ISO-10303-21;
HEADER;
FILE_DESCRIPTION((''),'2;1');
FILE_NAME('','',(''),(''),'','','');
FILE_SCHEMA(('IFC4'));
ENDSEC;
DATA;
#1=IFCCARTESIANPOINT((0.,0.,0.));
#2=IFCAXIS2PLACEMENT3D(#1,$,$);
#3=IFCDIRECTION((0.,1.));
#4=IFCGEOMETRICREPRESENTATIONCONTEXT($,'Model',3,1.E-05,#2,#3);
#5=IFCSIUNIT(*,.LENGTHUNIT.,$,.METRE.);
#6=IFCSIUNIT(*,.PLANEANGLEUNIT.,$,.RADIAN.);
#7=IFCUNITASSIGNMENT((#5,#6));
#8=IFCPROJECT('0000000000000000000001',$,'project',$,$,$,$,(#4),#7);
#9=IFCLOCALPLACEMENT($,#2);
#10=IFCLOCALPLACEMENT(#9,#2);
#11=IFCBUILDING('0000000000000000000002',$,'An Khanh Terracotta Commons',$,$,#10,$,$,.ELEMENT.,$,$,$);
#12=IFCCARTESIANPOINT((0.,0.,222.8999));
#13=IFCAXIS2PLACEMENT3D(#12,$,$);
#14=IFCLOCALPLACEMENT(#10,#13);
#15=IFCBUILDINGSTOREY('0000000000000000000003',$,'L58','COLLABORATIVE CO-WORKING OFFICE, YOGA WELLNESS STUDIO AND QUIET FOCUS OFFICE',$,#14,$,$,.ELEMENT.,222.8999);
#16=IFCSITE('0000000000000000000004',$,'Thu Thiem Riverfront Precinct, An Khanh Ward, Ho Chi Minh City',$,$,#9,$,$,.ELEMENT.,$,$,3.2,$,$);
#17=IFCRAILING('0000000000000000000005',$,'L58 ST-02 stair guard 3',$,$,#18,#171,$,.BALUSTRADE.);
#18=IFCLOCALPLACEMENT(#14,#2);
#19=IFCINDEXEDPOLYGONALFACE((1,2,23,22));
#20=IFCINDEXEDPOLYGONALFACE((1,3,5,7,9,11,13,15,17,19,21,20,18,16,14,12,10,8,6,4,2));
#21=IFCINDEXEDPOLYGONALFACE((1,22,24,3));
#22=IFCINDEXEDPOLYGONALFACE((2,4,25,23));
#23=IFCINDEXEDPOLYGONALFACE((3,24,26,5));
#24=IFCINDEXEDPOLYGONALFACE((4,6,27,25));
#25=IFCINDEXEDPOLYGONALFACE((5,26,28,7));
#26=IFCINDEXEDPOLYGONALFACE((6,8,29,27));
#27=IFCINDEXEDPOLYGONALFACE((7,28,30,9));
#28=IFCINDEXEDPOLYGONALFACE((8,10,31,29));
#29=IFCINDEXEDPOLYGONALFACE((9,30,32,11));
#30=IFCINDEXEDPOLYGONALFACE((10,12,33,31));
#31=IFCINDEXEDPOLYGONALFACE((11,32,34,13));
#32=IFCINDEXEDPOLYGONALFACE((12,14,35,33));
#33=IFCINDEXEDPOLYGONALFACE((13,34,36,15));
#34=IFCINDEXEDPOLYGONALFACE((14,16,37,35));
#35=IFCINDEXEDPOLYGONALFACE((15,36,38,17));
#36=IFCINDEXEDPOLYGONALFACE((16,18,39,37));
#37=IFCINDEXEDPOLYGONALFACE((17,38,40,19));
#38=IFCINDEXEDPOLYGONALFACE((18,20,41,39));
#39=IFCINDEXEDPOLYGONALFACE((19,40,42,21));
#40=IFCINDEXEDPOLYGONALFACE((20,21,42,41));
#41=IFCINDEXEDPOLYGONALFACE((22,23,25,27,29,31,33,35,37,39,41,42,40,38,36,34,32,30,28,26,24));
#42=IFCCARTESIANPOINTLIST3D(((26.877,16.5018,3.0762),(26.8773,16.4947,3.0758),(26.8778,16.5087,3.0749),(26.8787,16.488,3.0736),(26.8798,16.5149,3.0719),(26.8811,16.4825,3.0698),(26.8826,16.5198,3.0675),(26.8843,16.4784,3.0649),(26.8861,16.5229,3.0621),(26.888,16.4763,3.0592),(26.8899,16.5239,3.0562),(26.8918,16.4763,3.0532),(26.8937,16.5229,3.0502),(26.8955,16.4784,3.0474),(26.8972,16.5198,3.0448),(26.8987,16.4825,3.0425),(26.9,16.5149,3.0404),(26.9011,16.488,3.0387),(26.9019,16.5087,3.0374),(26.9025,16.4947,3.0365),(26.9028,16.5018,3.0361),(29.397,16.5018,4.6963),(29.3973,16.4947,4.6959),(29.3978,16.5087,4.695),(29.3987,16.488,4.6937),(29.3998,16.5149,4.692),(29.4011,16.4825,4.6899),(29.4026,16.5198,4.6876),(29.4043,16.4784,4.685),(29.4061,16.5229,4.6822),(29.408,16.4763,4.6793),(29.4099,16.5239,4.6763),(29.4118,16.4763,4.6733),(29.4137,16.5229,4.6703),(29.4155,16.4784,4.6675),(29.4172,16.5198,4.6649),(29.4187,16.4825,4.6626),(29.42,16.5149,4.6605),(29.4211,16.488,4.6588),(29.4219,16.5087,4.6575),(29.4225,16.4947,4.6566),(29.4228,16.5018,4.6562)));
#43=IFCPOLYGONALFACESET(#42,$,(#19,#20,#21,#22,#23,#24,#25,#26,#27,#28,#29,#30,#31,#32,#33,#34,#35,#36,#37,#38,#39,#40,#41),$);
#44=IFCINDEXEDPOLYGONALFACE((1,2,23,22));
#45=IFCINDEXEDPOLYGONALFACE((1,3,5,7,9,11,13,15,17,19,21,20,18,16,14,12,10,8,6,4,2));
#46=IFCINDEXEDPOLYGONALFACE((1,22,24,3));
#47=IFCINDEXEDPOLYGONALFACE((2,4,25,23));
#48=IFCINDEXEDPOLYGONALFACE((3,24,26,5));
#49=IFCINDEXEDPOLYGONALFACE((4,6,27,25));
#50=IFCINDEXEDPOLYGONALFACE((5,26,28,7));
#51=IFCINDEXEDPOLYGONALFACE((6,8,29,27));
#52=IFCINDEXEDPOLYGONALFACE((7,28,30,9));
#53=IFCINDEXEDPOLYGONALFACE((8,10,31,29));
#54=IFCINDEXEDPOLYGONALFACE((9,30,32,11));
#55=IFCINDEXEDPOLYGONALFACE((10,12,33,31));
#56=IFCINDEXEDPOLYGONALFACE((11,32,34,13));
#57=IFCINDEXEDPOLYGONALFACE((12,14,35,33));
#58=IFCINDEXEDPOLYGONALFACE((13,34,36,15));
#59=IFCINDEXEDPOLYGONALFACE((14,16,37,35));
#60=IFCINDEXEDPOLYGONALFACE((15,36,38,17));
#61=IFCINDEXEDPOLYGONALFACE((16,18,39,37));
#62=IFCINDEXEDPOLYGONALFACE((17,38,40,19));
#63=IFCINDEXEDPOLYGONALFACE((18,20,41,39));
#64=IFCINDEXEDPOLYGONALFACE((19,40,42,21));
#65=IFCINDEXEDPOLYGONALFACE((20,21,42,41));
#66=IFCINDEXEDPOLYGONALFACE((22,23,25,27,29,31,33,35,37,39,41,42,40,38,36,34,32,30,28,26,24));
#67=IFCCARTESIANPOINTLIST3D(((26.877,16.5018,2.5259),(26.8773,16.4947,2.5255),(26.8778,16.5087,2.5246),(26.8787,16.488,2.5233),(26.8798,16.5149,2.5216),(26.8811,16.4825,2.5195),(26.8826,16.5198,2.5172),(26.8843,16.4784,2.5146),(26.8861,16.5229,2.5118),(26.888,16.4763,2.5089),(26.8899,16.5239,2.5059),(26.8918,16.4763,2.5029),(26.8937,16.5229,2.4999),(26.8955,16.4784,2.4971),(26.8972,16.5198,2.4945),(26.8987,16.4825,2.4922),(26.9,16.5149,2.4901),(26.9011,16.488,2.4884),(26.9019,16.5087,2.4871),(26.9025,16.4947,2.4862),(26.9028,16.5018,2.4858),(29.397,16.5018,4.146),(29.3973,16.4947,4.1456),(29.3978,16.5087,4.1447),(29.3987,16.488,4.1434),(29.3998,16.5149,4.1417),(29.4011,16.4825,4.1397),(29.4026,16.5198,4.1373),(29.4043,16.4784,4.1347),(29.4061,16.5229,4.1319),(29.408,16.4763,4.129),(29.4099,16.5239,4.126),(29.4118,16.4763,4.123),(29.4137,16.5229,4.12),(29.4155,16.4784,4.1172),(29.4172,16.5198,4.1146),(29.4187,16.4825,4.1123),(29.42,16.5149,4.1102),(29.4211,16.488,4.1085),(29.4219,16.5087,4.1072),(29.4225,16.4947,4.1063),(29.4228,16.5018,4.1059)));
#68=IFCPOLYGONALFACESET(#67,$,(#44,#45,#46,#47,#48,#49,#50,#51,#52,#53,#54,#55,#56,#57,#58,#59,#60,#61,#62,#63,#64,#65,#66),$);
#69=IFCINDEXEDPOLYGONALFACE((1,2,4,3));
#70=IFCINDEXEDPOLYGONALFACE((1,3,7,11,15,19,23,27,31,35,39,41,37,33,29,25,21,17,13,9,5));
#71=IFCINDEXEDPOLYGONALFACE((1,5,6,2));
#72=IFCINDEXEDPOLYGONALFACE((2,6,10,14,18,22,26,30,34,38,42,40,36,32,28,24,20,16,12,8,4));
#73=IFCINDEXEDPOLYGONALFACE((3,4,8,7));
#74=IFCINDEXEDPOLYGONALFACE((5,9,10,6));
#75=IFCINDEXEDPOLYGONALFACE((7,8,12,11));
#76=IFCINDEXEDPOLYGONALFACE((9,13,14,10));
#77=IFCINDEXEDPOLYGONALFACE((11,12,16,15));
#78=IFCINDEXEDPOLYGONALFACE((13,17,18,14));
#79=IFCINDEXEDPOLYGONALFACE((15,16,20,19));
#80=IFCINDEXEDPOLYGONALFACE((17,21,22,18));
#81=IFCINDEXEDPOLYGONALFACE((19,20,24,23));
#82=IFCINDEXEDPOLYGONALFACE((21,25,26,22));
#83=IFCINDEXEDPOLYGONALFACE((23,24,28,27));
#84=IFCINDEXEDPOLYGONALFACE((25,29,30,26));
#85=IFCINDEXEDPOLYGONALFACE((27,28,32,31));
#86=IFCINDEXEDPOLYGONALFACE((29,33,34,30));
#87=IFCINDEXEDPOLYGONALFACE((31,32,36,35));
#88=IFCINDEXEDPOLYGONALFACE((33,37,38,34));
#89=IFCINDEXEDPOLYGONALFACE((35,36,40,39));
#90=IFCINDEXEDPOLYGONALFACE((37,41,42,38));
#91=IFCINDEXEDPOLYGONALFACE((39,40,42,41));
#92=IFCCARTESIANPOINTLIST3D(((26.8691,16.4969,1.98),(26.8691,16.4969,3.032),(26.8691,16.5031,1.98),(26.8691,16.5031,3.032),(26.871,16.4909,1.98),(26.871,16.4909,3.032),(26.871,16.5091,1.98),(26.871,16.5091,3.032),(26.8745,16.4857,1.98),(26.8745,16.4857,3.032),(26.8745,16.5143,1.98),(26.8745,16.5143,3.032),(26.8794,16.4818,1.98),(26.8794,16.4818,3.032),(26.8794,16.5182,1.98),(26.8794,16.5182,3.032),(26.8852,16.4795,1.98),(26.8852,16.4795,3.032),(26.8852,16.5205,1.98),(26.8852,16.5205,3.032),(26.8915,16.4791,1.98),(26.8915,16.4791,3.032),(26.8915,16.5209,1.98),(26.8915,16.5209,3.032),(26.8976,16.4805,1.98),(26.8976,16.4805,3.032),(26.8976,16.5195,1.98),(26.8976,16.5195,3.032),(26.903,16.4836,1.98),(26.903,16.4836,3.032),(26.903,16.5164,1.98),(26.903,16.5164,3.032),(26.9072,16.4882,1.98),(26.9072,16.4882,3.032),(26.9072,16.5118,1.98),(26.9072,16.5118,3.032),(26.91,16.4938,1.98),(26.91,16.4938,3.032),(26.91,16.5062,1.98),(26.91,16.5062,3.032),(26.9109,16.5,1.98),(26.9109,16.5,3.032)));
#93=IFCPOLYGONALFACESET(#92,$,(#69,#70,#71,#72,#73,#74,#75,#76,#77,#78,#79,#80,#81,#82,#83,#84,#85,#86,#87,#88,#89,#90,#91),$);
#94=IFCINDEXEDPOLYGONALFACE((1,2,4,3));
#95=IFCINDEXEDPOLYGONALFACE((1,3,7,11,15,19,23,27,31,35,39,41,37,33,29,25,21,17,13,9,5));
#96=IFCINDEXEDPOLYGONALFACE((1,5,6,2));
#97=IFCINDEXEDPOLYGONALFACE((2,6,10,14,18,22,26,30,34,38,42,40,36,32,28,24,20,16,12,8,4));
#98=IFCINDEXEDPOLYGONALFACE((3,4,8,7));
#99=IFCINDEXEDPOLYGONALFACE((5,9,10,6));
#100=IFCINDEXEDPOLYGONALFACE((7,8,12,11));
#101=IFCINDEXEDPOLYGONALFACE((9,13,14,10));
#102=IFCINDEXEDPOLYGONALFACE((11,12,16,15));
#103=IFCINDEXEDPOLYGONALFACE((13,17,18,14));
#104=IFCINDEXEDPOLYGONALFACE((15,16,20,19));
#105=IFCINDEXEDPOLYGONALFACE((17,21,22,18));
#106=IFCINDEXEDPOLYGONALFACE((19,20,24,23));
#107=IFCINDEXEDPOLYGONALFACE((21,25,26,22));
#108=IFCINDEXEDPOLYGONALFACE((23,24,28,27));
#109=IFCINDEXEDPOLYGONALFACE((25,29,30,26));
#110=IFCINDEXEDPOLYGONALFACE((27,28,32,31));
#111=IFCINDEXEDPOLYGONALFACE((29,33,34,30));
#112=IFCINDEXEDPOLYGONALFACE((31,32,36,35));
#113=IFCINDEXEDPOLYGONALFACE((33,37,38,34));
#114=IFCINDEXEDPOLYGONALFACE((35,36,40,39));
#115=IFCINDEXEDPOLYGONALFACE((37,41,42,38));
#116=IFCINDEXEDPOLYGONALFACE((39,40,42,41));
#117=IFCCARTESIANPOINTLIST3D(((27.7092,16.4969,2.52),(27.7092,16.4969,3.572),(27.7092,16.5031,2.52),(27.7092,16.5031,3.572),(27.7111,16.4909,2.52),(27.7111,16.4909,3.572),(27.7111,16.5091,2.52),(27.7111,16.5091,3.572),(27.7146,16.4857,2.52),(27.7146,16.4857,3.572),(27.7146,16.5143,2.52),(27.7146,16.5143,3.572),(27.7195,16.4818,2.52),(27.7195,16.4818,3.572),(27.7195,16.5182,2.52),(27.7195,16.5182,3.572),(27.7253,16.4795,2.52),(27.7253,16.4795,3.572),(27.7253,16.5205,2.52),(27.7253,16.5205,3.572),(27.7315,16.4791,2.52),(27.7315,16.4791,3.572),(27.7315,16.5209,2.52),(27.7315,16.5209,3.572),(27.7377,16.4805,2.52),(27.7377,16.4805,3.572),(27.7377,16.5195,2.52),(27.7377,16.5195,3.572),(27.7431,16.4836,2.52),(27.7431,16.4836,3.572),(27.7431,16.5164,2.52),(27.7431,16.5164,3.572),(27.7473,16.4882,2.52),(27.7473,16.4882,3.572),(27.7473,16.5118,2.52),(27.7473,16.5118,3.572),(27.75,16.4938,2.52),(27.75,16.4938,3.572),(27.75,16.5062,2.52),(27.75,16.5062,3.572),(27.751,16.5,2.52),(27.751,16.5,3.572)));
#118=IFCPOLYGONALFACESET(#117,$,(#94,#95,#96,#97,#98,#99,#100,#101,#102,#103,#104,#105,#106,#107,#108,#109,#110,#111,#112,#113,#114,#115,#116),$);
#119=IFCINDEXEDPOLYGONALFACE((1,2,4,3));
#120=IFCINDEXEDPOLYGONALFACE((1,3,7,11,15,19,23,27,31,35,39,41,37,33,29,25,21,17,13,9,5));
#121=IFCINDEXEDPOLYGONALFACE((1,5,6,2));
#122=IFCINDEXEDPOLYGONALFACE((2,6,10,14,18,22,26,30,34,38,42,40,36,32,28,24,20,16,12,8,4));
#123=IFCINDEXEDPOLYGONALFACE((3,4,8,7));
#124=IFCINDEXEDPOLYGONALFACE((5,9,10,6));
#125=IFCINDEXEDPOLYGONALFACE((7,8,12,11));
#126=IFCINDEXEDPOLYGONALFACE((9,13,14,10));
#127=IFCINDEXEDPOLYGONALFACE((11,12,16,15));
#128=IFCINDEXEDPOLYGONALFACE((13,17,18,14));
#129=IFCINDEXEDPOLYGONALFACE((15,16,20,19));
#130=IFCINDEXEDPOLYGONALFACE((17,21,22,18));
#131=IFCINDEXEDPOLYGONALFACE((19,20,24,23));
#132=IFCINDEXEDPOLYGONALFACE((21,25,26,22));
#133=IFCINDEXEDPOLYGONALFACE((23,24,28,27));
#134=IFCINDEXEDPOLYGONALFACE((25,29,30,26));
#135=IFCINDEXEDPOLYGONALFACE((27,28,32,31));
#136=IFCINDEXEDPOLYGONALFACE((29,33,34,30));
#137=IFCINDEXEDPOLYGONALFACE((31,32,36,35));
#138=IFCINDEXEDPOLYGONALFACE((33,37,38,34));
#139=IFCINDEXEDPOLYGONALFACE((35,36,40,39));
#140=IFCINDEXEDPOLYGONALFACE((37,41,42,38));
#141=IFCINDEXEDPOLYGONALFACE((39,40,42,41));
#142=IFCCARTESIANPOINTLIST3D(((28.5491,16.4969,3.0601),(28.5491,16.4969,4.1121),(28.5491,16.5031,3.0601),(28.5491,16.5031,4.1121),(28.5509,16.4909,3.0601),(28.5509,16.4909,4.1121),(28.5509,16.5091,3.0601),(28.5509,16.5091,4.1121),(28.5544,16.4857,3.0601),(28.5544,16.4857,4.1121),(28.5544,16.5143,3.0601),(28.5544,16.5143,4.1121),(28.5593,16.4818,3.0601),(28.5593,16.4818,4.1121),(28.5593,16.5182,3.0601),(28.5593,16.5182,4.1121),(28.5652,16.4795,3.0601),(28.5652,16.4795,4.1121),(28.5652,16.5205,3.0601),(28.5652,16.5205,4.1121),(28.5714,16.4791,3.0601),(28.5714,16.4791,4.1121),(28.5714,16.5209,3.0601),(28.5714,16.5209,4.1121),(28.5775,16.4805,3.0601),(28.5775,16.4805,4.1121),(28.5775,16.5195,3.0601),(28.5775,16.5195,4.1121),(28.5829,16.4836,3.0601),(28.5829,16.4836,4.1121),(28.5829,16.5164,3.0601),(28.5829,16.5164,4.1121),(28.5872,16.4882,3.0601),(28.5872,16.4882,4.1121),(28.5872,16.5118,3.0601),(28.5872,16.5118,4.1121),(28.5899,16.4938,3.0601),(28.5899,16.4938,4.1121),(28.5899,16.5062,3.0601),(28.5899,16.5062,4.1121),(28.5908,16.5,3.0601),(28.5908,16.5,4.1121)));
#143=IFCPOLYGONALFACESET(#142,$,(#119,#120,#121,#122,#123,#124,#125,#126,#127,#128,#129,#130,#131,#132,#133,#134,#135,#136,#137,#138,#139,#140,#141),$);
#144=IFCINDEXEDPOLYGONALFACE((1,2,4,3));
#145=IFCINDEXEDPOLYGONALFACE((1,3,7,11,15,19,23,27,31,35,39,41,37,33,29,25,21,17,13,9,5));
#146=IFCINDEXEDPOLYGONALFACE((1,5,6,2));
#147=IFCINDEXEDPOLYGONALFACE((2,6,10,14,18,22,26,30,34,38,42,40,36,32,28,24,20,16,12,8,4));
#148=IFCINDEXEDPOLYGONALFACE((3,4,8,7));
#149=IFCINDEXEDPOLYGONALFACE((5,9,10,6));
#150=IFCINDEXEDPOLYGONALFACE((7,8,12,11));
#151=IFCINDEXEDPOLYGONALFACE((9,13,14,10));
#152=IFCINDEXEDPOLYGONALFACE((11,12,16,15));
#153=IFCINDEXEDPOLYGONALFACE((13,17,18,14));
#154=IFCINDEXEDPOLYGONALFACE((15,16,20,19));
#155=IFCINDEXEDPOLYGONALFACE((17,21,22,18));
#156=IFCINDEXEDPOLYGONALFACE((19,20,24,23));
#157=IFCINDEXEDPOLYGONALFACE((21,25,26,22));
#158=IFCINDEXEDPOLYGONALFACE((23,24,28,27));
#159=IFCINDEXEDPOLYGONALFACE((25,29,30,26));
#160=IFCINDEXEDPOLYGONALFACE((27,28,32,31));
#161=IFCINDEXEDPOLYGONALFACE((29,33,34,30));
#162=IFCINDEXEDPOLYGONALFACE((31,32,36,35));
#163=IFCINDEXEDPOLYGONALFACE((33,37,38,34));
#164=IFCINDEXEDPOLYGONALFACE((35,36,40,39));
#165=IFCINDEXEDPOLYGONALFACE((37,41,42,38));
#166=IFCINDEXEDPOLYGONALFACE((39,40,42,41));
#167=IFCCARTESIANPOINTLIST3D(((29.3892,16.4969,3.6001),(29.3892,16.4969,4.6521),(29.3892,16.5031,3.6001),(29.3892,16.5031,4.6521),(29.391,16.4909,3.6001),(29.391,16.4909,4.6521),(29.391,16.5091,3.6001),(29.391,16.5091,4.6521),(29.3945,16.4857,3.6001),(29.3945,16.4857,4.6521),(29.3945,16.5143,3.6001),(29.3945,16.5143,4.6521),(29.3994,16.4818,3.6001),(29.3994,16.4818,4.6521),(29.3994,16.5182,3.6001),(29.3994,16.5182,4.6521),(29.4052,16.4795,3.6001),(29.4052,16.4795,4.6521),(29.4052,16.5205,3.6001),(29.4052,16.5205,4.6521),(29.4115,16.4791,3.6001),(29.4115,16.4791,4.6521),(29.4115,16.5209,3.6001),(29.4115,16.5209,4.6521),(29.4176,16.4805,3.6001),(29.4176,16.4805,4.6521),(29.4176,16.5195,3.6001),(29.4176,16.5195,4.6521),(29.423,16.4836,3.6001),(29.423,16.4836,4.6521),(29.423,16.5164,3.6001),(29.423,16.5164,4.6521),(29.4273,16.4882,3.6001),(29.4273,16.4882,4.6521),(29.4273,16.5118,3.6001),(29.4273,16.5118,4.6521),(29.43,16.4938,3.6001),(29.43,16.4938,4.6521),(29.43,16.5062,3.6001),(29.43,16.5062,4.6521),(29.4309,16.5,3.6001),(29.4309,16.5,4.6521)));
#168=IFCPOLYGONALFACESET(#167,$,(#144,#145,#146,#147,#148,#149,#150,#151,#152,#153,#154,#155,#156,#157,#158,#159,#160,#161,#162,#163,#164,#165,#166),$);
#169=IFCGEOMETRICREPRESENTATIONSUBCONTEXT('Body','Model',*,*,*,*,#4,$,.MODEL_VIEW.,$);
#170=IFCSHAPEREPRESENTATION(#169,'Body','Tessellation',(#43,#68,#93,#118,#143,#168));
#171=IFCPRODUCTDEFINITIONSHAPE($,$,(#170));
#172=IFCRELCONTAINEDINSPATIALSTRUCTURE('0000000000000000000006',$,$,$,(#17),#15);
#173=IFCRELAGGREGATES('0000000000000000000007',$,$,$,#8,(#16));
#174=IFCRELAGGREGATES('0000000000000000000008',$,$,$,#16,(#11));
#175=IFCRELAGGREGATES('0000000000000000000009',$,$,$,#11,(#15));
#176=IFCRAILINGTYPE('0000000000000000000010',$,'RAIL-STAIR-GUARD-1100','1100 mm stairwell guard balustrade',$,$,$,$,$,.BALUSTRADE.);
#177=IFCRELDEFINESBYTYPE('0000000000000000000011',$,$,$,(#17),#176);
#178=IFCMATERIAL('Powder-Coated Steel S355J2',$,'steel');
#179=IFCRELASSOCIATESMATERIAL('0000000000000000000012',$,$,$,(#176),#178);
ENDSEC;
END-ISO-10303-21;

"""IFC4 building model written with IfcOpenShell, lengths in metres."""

from ifc_helpers import new_model, si_unit, direction, frame, origin, origin_2d, place, context, subcontext, project, spatial, circle, extrude, material, type_object, element, save


model = new_model("IFC4")

# Units and contexts
model_context = context("Model", 3, precision=1e-05, world=origin(), true_north=direction((0.0, 1.0)))
body_context = subcontext(model_context, "Body", "Model", "MODEL_VIEW")
ifc_project = project(units=[si_unit("LENGTHUNIT", "METRE"), si_unit("PLANEANGLEUNIT", "RADIAN")], contexts=[model_context])

# Site, building, storey
site_placement = place(None, origin())
site = spatial("IfcSite", under=ifc_project, at=site_placement, Name="Thu Thiem Riverfront Precinct, An Khanh Ward, Ho Chi Minh City", CompositionType="ELEMENT", RefElevation=3.2)
building_placement = place(site_placement, origin())
building = spatial("IfcBuilding", under=site, at=building_placement, Name="An Khanh Terracotta Commons", CompositionType="ELEMENT")
storey_placement = place(building_placement, frame((0.0, 0.0, 222.8999)))
storey = spatial("IfcBuildingStorey", under=building, at=storey_placement, Name="L58", Description="COLLABORATIVE CO-WORKING OFFICE, YOGA WELLNESS STUDIO AND QUIET FOCUS OFFICE", CompositionType="ELEMENT", Elevation=222.8999)

# Railing
ifc_material_1 = material(Name="Powder-Coated Steel S355J2", Category="steel")
railing_type_1 = type_object("IfcRailingType", Name="RAIL-STAIR-GUARD-1100", Description="1100 mm stairwell guard balustrade", PredefinedType="BALUSTRADE", material=ifc_material_1)
railing_1_placement = place(storey_placement, frame((26.8899, 16.5, 1.98)))
element("IfcRailing", 1, at=railing_1_placement, inside=storey, type_object=railing_type_1, Name="L58 ST-02 stair guard 3", PredefinedType="BALUSTRADE", context=body_context, shape_type="SweptSolid", body=[
    extrude(circle(Radius=0.0239, at=origin_2d()), frame((0.0, 0.0, 1.0762), z_axis=(0.841163, 0.0, 0.540782), x_axis=(0.0, 1.0, 0.0)), (0.0, 0.0, 1.0), 2.9958),
    extrude(circle(Radius=0.0239, at=origin_2d()), frame((0.0, 0.0, 0.5259), z_axis=(0.841163, 0.0, 0.540782), x_axis=(0.0, 1.0, 0.0)), (0.0, 0.0, 1.0), 2.9958),
    extrude(circle(Radius=0.021, at=origin_2d()), origin(), (0.0, 0.0, 1.0), 1.052),
    extrude(circle(Radius=0.021, at=origin_2d()), frame((0.8401, 0.0, 0.54)), (0.0, 0.0, 1.0), 1.052),
    extrude(circle(Radius=0.021, at=origin_2d()), frame((1.6799, 0.0, 1.0801)), (0.0, 0.0, 1.0), 1.052),
    extrude(circle(Radius=0.021, at=origin_2d()), frame((2.52, 0.0, 1.6201)), (0.0, 0.0, 1.0), 1.052),
])

save(model, "model.ifc")
